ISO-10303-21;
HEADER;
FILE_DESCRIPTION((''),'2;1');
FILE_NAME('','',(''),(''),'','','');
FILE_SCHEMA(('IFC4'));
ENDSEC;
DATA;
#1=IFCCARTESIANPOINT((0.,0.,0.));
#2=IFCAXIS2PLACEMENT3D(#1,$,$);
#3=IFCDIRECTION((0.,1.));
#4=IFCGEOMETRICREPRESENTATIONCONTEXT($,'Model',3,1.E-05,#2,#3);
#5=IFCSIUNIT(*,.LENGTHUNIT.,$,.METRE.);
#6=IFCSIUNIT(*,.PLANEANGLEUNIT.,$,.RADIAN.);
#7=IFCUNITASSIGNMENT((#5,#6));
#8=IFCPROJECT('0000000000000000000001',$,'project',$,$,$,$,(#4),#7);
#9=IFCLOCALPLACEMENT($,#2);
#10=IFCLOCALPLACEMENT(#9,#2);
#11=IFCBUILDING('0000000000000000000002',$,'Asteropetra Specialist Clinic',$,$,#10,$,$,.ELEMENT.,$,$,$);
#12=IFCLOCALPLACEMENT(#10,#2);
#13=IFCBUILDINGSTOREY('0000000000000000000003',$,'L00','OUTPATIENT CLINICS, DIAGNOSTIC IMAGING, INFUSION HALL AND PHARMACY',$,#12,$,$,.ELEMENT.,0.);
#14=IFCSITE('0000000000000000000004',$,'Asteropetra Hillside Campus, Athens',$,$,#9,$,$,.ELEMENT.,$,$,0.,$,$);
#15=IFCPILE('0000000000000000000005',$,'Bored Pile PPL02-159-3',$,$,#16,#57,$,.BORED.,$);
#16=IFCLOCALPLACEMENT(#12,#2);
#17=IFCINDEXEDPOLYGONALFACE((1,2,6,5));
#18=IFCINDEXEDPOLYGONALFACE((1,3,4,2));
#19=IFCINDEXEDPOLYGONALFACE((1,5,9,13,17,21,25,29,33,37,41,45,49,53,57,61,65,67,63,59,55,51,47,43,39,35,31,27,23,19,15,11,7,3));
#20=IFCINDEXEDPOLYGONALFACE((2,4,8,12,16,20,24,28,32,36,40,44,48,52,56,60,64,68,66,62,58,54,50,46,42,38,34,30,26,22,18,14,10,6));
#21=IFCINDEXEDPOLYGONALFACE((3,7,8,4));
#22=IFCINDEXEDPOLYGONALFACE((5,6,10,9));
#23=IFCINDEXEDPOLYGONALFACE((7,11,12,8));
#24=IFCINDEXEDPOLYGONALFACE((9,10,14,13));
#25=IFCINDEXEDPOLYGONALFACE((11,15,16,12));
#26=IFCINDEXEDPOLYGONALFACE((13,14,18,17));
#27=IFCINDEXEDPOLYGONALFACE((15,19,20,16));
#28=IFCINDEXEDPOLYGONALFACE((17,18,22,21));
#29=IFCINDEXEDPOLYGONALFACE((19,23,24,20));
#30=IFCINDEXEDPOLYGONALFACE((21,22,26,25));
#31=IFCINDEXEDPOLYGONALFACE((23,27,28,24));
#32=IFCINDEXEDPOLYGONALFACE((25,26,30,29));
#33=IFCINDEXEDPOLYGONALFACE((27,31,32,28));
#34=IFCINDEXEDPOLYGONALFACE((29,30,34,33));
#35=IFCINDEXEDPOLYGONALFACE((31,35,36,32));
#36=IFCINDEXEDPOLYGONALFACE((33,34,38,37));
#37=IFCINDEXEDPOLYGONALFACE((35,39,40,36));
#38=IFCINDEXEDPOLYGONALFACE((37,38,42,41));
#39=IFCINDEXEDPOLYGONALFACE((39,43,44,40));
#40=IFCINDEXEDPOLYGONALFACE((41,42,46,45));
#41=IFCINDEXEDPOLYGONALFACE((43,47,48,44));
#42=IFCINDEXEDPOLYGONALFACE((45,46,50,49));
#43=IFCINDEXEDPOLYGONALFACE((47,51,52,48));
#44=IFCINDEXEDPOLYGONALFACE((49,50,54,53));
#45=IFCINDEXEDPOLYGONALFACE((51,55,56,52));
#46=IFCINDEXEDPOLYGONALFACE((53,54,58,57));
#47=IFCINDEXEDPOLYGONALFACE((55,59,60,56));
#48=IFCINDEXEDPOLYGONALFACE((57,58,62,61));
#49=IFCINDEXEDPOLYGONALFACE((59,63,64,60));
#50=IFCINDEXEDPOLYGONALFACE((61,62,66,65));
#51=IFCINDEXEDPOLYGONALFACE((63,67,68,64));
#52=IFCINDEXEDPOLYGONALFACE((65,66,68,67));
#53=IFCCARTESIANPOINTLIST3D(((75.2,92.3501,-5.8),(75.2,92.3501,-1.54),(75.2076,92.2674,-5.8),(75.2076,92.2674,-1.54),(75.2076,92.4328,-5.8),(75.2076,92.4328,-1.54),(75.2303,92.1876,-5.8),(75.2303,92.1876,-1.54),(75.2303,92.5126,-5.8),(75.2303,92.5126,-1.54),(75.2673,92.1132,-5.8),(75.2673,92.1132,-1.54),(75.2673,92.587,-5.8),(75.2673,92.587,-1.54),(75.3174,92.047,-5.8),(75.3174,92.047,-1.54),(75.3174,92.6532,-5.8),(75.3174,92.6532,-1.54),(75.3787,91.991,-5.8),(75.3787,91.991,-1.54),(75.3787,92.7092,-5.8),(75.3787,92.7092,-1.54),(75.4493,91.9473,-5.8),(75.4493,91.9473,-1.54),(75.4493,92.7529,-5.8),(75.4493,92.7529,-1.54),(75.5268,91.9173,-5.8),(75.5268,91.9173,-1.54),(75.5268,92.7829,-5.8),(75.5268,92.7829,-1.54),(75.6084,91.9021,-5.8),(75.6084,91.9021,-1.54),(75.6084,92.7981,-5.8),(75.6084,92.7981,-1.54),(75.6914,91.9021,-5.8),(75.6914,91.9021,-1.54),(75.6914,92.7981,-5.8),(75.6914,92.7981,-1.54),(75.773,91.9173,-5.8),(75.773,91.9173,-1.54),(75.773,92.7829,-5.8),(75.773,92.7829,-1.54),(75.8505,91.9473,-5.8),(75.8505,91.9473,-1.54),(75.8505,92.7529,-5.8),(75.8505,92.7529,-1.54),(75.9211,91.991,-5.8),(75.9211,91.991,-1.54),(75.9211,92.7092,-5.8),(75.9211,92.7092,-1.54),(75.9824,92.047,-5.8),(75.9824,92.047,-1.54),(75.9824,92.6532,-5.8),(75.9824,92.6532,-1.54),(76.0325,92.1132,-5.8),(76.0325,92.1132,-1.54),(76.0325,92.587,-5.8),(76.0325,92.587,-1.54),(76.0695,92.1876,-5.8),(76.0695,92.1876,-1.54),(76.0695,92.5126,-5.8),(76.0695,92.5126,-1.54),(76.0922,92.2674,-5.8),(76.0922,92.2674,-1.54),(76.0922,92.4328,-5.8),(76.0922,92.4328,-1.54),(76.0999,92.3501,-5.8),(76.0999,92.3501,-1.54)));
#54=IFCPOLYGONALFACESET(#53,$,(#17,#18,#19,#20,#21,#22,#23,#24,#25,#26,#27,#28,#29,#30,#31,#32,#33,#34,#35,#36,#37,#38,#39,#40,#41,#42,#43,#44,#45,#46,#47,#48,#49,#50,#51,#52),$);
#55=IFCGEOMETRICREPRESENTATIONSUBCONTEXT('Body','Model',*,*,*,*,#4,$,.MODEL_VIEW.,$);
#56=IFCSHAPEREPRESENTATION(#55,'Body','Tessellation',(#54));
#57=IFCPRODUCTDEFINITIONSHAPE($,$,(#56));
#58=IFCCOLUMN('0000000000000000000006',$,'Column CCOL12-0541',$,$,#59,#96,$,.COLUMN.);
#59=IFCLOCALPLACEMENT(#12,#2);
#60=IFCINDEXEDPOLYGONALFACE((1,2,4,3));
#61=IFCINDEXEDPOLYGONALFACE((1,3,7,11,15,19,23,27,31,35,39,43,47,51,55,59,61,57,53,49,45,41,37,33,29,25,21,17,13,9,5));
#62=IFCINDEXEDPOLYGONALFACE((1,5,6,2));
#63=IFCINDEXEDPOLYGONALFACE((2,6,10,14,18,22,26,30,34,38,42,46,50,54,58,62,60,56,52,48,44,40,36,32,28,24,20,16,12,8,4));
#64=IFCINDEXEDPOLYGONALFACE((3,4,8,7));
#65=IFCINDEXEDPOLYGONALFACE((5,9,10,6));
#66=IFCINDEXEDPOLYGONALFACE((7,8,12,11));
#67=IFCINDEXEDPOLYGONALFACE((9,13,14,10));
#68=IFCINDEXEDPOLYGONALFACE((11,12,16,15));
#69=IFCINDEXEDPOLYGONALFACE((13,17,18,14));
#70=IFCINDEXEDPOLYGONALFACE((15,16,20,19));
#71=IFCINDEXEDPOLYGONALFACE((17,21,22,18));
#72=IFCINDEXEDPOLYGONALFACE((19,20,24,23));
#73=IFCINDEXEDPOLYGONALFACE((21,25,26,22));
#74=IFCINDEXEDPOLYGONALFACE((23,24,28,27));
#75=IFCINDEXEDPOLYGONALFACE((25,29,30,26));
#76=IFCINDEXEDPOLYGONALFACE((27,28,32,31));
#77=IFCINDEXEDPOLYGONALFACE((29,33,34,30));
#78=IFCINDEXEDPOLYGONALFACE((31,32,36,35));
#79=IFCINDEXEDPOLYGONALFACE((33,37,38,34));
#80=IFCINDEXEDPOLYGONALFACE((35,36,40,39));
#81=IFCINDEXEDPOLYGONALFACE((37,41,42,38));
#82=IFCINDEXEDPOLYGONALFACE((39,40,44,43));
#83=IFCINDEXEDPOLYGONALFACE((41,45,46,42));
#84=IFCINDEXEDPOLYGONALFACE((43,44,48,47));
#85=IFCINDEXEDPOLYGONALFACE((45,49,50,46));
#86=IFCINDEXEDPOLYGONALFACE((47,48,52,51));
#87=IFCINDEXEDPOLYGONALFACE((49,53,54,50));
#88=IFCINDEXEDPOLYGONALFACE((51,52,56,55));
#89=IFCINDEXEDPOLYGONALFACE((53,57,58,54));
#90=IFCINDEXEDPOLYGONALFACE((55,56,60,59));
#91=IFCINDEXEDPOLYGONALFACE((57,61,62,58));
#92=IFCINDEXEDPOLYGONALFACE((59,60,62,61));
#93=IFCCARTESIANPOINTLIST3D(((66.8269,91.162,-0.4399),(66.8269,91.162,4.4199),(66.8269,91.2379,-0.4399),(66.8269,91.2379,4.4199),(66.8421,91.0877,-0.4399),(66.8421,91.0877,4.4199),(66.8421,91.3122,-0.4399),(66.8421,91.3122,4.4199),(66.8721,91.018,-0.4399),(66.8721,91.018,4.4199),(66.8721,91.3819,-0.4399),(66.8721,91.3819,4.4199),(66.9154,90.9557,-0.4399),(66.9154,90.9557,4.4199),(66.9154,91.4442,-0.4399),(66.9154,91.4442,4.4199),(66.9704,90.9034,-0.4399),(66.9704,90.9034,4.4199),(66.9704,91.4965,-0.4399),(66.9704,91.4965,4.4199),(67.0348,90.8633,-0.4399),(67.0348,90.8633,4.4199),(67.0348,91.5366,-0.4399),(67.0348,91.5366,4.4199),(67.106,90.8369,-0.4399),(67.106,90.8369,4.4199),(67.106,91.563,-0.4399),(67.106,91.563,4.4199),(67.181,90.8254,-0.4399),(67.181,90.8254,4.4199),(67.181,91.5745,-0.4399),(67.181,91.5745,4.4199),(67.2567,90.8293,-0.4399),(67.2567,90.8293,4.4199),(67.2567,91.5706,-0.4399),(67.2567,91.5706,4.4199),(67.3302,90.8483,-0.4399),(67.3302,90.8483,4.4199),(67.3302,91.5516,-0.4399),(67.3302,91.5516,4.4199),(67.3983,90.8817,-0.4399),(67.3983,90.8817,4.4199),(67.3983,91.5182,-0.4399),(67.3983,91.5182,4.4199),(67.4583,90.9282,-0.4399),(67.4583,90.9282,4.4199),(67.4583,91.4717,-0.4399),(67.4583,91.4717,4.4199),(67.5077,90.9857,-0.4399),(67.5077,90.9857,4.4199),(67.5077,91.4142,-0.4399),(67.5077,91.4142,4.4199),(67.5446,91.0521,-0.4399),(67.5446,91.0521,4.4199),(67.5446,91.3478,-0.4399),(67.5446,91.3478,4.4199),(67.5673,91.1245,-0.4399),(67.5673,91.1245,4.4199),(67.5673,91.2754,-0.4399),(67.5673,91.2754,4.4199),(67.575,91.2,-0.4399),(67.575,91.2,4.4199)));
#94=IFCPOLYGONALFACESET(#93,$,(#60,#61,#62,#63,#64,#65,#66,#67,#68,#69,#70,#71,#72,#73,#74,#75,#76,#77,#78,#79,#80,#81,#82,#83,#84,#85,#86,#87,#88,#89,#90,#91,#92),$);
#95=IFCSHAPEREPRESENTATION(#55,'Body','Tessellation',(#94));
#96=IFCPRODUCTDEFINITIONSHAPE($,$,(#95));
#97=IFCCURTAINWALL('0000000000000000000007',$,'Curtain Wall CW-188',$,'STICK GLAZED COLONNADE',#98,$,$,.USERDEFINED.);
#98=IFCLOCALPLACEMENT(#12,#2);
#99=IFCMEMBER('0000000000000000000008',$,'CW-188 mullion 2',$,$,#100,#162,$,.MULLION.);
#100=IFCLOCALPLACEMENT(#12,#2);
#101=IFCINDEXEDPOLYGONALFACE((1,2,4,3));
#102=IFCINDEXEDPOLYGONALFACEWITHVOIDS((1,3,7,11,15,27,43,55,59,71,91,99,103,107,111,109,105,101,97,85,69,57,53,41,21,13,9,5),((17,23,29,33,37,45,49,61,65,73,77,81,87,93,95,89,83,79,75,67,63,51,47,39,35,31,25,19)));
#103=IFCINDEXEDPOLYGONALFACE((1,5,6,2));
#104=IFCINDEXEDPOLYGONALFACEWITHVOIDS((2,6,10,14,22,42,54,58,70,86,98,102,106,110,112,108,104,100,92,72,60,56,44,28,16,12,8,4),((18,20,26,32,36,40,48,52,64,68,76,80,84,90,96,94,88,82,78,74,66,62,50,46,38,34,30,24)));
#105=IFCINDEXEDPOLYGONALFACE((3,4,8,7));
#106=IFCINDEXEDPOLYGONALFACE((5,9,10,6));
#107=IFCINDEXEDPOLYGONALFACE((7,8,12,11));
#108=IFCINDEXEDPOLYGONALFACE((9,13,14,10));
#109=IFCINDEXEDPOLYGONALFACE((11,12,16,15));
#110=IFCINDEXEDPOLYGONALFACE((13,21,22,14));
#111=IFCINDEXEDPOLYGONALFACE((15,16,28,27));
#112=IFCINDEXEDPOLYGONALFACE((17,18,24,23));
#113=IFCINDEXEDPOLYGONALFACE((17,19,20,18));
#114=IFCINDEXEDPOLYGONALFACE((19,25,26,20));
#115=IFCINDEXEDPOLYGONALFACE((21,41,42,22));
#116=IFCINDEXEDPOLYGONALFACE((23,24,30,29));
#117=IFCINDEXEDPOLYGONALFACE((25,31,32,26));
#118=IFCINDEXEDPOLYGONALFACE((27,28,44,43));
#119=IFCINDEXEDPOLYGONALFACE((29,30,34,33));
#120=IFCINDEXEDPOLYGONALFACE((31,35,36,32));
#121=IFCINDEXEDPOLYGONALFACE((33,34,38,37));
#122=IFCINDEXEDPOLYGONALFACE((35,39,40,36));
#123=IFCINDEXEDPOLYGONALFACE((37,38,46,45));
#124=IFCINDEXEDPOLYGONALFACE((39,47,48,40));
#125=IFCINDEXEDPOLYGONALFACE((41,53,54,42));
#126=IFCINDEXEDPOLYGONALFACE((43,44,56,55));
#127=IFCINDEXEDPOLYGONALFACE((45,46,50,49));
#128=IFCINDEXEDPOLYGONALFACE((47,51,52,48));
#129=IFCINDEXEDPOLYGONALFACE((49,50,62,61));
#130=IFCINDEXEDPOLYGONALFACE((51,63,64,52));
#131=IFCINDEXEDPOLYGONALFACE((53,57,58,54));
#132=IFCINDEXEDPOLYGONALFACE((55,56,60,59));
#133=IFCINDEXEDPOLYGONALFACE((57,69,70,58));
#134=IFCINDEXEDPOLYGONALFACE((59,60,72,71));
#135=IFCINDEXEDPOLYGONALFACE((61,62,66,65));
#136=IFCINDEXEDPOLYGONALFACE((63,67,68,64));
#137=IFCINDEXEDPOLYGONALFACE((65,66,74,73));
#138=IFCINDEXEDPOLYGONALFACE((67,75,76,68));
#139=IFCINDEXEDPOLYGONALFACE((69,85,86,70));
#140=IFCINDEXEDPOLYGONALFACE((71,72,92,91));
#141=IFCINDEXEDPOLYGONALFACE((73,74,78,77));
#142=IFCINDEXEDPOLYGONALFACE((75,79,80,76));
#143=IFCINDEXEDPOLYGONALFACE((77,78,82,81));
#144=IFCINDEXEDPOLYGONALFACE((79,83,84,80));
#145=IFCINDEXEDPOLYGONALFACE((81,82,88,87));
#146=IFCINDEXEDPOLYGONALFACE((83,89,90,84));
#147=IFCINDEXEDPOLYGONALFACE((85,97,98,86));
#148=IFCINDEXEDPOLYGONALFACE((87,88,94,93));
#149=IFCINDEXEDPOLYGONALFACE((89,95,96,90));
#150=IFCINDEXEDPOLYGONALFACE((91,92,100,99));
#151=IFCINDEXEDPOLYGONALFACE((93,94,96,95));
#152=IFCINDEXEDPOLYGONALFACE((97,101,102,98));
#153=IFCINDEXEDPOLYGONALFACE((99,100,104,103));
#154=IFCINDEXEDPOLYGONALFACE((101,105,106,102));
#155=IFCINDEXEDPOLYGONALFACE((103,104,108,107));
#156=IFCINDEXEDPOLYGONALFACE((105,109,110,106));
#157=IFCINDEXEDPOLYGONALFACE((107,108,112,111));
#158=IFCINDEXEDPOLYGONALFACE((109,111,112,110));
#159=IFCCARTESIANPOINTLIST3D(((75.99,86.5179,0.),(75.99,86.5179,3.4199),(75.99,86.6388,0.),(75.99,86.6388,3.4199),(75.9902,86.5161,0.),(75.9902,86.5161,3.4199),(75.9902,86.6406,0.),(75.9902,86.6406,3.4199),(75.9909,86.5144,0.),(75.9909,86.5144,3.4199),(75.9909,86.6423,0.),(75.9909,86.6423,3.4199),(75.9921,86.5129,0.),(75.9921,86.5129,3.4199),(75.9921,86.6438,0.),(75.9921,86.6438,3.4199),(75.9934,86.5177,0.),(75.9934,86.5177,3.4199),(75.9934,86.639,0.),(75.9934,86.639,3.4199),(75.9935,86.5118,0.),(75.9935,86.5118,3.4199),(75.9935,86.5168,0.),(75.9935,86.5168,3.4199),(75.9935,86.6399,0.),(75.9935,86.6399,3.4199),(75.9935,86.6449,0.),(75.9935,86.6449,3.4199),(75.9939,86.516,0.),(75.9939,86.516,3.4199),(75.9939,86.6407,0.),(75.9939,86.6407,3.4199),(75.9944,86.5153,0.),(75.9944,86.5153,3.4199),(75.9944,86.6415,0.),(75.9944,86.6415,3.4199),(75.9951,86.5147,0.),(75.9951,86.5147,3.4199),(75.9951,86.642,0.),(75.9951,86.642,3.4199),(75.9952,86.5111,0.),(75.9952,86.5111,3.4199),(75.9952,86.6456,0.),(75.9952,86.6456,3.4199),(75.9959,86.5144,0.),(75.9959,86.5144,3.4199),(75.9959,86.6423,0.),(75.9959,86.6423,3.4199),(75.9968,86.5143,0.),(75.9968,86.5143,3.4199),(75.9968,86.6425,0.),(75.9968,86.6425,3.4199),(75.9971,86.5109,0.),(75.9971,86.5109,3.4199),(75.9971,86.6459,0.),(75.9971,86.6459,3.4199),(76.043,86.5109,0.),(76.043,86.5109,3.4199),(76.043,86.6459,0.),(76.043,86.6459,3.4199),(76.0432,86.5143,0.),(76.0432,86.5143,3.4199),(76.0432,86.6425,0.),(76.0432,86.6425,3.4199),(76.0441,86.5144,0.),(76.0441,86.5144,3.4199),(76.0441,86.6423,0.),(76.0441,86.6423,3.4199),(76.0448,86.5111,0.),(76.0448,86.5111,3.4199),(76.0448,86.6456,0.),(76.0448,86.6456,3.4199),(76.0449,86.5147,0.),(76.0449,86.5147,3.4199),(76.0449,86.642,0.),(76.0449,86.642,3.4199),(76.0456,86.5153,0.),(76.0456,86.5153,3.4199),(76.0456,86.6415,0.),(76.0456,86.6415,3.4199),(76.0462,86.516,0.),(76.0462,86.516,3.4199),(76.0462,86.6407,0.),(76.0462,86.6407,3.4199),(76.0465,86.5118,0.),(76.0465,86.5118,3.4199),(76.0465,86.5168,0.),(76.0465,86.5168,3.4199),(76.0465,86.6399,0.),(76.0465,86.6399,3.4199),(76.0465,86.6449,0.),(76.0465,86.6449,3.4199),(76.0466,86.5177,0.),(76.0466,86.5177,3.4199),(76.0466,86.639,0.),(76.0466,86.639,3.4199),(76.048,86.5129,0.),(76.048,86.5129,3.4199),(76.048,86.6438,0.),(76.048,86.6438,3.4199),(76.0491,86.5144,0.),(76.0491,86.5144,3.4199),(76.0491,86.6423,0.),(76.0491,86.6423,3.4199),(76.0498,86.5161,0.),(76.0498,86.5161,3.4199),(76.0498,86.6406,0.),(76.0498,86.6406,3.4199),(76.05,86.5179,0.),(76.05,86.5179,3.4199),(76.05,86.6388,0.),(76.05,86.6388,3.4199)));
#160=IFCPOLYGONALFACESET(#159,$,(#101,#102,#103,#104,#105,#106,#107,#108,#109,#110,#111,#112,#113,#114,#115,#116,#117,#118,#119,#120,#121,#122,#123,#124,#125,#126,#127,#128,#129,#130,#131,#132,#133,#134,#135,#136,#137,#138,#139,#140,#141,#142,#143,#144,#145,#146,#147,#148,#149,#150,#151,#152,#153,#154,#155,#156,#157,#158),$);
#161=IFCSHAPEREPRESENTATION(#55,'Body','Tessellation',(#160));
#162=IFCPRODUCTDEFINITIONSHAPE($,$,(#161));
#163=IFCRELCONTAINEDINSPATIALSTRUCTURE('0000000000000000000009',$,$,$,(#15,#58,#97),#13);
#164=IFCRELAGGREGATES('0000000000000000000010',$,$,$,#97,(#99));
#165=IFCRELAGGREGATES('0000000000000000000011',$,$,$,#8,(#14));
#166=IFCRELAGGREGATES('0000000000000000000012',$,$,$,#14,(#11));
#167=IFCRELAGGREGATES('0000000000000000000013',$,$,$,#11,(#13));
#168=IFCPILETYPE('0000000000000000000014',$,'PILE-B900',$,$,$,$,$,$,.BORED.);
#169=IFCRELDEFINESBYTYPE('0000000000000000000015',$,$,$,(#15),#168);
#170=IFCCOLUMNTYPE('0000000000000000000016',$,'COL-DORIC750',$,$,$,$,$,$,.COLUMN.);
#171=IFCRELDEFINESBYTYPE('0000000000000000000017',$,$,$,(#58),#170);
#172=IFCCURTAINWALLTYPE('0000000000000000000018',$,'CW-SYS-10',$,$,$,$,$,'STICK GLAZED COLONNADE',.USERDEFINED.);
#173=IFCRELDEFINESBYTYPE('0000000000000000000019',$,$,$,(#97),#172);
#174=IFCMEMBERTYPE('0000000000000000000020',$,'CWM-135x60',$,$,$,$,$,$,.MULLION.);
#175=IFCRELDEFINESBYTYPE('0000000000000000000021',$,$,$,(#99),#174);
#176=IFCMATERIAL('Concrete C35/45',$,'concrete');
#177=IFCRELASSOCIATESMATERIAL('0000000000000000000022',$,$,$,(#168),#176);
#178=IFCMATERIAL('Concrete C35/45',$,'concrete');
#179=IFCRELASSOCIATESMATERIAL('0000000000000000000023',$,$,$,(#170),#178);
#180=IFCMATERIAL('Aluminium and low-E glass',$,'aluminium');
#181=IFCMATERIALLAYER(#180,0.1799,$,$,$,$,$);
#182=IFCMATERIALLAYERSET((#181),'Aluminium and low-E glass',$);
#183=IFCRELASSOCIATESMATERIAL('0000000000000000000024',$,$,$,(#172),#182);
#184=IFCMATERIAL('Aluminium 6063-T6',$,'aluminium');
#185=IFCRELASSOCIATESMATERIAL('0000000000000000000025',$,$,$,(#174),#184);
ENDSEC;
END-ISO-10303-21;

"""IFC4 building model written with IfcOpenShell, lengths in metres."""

from ifc_helpers import new_model, si_unit, direction, frame, origin, origin_2d, place, context, subcontext, project, spatial, hollow_rectangle, circle, extrude, material, layer, layer_set, material_profile, profile_set, type_object, element, aggregate, save


model = new_model("IFC4")

# Units and contexts
model_context = context("Model", 3, precision=1e-05, world=origin(), true_north=direction((0.0, 1.0)))
body_context = subcontext(model_context, "Body", "Model", "MODEL_VIEW")
ifc_project = project(units=[si_unit("LENGTHUNIT", "METRE"), si_unit("PLANEANGLEUNIT", "RADIAN")], contexts=[model_context])

# Site, building, storey
site_placement = place(None, origin())
site = spatial("IfcSite", under=ifc_project, at=site_placement, Name="Asteropetra Hillside Campus, Athens", CompositionType="ELEMENT", RefElevation=0.0)
building_placement = place(site_placement, origin())
building = spatial("IfcBuilding", under=site, at=building_placement, Name="Asteropetra Specialist Clinic", CompositionType="ELEMENT")
storey_placement = place(building_placement, origin())
storey = spatial("IfcBuildingStorey", under=building, at=storey_placement, Name="L00", Description="OUTPATIENT CLINICS, DIAGNOSTIC IMAGING, INFUSION HALL AND PHARMACY", CompositionType="ELEMENT", Elevation=0.0)

# Pile
ifc_material_1 = material(Name="Concrete C35/45", Category="concrete")
ifc_material_profile_1 = material_profile(ifc_material_1, circle(Radius=0.45, at=origin_2d()), Name="PILE D900")
ifc_profile_set_1 = profile_set([ifc_material_profile_1], Name="Concrete C35/45")
pile_type = type_object("IfcPileType", Name="PILE-B900", PredefinedType="BORED", material=ifc_profile_set_1)
for number, where, z_axis, x_axis, name in (
    (1, (75.6499, 92.3501, -1.54), (0.0, 0.0, -1.0), (1.0, 0.0, 0.0), "Bored Pile PPL02-159-3"),
):
    element("IfcPile", number, at=place(storey_placement, frame(where, z_axis=z_axis, x_axis=x_axis)), inside=storey, type_object=pile_type, Name=name, PredefinedType="BORED", context=body_context, shape_type="SweptSolid", body=[
        extrude(circle(Radius=0.45, at=origin_2d()), origin(), (0.0, 0.0, 1.0), 4.26),
    ])

# Column
ifc_material_2 = material(Name="Concrete C35/45", Category="concrete")
ifc_material_profile_2 = material_profile(ifc_material_2, circle(Radius=0.375, at=origin_2d()), Name="RCC D750")
ifc_profile_set_2 = profile_set([ifc_material_profile_2], Name="Concrete C35/45")
column_type = type_object("IfcColumnType", Name="COL-DORIC750", PredefinedType="COLUMN", material=ifc_profile_set_2)
column_placement = place(storey_placement, frame((67.2, 91.2, -0.4399), z_axis=(0.0, 0.0, 1.0), x_axis=(1.0, 0.0, 0.0)))
element("IfcColumn", 2, at=column_placement, inside=storey, type_object=column_type, Name="Column CCOL12-0541", PredefinedType="COLUMN", context=body_context, shape_type="SweptSolid", body=[
    extrude(circle(Radius=0.375, at=origin_2d()), origin(), (0.0, 0.0, 1.0), 4.8599),
])

# Curtain wall, member
ifc_material_3 = material(Name="Aluminium and low-E glass", Category="aluminium")
ifc_layer_1 = layer(ifc_material_3, 0.1799)
ifc_layer_set_1 = layer_set([ifc_layer_1], Name="Aluminium and low-E glass")
curtain_wall_type = type_object("IfcCurtainWallType", Name="CW-SYS-10", ElementType="STICK GLAZED COLONNADE", PredefinedType="USERDEFINED", material=ifc_layer_set_1)
curtain_wall_placement = place(storey_placement, origin())
curtain_wall = element("IfcCurtainWall", 3, at=curtain_wall_placement, inside=storey, type_object=curtain_wall_type, Name="Curtain Wall CW-188", ObjectType="STICK GLAZED COLONNADE", PredefinedType="USERDEFINED")
ifc_material_4 = material(Name="Aluminium 6063-T6", Category="aluminium")
ifc_material_profile_3 = material_profile(ifc_material_4, hollow_rectangle(XDim=0.0601, YDim=0.135, WallThickness=0.0034, InnerFilletRadius=0.0034, OuterFilletRadius=0.0071, at=origin_2d()), Name="MUL 135x60x3.5")
ifc_profile_set_3 = profile_set([ifc_material_profile_3], Name="Aluminium 6063-T6")
member_type_1 = type_object("IfcMemberType", Name="CWM-135x60", PredefinedType="MULLION", material=ifc_profile_set_3)
member_1_placement = place(storey_placement, frame((76.02, 86.5784, 0.0), z_axis=(0.0, 0.0, 1.0), x_axis=(-1.0, 0.0, 0.0)))
member_1 = element("IfcMember", 4, at=member_1_placement, type_object=member_type_1, Name="CW-188 mullion 2", PredefinedType="MULLION", context=body_context, shape_type="SweptSolid", body=[
    extrude(hollow_rectangle(XDim=0.0601, YDim=0.135, WallThickness=0.0034, InnerFilletRadius=0.0034, OuterFilletRadius=0.0071, at=origin_2d()), origin(), (0.0, 0.0, 1.0), 3.4199),
])
aggregate(curtain_wall, [member_1])

save(model, "model.ifc")
